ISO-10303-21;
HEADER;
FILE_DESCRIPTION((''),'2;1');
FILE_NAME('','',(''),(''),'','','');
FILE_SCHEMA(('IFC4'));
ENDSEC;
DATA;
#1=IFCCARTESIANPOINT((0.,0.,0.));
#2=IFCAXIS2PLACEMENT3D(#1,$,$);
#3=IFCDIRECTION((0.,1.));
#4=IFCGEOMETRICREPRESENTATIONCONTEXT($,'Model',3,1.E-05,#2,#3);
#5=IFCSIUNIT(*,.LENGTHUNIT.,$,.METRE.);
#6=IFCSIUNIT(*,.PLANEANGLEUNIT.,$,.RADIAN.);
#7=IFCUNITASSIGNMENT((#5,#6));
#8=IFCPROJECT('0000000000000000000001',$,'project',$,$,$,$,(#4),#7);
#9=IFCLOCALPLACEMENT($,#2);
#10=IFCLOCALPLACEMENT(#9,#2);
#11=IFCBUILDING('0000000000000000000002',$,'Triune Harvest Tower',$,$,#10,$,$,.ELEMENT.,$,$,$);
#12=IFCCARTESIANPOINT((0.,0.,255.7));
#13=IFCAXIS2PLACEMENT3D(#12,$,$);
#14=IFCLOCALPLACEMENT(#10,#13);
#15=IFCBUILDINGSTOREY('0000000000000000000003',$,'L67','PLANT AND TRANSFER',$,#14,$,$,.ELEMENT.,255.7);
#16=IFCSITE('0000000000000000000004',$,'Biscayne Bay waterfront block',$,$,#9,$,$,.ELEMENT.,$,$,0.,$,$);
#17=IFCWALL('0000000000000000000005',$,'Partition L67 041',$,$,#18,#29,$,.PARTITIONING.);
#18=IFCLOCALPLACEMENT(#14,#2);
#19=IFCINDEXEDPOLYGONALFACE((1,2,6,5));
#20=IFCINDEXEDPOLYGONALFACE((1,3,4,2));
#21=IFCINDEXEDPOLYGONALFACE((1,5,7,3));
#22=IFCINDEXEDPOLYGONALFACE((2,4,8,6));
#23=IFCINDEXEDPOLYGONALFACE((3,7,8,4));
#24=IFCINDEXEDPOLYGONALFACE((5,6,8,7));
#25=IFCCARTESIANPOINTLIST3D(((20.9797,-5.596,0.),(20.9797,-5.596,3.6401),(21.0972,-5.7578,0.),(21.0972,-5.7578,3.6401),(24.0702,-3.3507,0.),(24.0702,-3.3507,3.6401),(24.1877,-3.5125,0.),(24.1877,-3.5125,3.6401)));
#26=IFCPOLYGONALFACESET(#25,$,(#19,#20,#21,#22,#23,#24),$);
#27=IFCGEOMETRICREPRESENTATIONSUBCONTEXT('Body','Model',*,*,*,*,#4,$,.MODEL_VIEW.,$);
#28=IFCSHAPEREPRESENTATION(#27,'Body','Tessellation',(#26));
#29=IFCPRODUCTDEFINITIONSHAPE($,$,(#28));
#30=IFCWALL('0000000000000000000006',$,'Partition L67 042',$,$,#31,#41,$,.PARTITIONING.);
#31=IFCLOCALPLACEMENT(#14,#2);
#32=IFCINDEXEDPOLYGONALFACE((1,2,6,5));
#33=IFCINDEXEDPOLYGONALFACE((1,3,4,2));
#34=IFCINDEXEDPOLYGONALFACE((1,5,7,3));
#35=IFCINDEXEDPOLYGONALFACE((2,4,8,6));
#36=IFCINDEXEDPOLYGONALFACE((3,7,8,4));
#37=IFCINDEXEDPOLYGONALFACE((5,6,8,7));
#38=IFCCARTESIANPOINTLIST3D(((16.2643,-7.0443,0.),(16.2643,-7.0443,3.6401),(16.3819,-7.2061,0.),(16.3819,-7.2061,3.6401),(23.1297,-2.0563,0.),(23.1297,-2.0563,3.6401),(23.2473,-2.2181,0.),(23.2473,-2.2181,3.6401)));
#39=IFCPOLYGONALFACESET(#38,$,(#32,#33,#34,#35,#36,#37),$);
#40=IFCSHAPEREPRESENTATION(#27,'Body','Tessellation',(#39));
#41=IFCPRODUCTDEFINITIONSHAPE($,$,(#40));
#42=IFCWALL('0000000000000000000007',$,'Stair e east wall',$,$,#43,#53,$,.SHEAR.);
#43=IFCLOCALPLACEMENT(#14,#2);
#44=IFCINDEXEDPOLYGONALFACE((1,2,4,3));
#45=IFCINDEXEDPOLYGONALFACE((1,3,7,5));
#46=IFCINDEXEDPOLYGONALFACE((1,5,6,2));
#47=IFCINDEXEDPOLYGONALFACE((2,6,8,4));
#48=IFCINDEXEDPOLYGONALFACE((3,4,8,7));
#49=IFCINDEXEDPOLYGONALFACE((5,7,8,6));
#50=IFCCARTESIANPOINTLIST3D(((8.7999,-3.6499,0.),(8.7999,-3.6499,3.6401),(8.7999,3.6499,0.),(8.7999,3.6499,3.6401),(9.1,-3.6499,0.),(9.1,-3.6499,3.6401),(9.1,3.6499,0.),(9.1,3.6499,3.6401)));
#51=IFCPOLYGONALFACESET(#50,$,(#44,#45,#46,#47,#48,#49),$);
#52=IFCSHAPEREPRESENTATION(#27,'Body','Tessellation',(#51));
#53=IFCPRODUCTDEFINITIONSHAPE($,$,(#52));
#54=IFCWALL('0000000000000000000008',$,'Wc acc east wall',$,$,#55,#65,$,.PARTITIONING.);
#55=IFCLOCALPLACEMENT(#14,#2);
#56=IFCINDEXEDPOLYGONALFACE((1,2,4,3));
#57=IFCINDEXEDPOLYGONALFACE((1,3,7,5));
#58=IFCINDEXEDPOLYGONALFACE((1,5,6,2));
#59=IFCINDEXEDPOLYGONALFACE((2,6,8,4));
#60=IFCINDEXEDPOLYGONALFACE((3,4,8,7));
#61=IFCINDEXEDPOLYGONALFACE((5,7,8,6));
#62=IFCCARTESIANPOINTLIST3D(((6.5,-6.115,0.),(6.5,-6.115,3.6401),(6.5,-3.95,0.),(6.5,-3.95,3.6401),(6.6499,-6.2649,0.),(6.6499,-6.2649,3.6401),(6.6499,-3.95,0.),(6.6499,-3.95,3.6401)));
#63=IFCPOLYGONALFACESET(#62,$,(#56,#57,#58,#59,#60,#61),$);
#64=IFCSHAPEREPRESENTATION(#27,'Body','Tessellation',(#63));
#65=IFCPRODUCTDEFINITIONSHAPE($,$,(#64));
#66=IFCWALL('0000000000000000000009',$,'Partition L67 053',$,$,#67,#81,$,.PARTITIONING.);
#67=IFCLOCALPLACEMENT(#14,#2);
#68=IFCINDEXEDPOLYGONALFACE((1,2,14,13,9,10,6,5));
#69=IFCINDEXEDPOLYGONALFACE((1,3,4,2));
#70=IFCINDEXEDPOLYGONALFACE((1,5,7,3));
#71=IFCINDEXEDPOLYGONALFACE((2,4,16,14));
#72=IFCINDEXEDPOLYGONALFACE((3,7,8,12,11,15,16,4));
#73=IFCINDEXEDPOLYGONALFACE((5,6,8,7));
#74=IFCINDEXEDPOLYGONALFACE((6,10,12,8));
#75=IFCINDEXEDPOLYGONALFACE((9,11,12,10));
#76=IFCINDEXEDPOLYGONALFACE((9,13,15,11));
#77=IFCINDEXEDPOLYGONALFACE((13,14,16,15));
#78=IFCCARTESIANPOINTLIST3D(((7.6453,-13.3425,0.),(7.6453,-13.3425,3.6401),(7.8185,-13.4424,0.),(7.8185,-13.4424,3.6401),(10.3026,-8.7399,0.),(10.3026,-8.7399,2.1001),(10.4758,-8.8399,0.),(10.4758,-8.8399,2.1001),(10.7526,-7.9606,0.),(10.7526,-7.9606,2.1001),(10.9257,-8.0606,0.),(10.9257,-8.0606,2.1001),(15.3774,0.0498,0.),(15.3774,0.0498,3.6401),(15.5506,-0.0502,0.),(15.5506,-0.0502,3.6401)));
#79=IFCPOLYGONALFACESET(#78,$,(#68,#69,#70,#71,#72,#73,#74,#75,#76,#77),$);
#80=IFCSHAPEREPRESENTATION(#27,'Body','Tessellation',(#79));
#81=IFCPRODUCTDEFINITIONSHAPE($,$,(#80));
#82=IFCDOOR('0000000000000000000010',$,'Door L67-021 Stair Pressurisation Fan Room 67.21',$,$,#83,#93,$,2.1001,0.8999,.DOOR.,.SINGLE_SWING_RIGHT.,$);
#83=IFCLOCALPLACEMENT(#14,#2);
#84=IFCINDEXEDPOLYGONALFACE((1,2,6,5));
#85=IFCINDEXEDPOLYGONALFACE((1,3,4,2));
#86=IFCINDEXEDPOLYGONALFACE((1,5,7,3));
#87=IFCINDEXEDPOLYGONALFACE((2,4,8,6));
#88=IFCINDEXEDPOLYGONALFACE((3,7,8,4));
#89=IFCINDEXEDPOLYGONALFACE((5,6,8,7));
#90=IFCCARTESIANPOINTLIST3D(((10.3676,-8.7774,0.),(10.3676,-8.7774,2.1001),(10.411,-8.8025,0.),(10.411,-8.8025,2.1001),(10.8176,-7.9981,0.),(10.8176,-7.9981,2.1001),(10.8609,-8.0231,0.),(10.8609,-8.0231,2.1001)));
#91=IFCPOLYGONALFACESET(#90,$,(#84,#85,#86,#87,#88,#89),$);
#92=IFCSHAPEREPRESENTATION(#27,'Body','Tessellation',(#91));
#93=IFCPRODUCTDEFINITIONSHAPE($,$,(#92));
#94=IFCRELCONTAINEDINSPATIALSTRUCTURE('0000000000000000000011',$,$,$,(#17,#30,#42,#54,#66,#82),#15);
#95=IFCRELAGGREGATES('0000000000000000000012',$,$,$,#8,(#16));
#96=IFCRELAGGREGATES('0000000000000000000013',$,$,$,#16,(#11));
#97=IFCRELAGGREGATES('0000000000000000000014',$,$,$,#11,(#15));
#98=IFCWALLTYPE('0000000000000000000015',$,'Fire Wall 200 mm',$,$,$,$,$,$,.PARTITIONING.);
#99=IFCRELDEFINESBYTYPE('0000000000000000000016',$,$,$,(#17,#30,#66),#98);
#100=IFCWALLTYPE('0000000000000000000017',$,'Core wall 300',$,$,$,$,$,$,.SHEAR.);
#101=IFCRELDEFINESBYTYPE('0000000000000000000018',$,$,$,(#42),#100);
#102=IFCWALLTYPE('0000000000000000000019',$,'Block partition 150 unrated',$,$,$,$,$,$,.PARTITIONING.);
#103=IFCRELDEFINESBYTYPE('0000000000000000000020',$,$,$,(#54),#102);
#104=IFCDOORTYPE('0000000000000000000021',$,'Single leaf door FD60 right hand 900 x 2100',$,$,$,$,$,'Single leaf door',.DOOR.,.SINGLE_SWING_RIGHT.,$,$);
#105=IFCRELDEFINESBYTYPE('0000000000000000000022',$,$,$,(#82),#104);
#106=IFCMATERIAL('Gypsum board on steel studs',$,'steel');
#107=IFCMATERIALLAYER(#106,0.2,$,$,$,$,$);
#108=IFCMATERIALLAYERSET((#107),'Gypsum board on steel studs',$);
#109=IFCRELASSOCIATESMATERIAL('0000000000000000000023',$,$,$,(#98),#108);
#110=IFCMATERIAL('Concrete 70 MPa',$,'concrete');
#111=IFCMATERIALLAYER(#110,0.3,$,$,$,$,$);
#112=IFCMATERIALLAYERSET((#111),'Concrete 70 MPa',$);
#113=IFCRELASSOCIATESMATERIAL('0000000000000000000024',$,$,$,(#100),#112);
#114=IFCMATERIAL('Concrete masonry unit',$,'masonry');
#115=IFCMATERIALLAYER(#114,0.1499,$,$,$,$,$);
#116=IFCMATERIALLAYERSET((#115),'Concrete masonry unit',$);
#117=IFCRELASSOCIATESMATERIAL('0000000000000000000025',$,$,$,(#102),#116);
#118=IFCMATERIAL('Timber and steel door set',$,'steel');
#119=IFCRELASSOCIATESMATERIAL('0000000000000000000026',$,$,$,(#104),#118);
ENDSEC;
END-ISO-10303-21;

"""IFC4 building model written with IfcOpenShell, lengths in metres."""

from ifc_helpers import new_model, si_unit, direction, frame, frame_2d, origin, place, context, subcontext, project, spatial, polyline, rectangle, outline, extrude, source, transform, mapped, material, layer, layer_set, type_object, element, fill, save


model = new_model("IFC4")

# Units and contexts
model_context = context("Model", 3, precision=1e-05, world=origin(), true_north=direction((0.0, 1.0)))
body_context = subcontext(model_context, "Body", "Model", "MODEL_VIEW")
ifc_project = project(units=[si_unit("LENGTHUNIT", "METRE"), si_unit("PLANEANGLEUNIT", "RADIAN")], contexts=[model_context])

# Site, building, storey
site_placement = place(None, origin())
site = spatial("IfcSite", under=ifc_project, at=site_placement, Name="Biscayne Bay waterfront block", CompositionType="ELEMENT", RefElevation=0.0)
building_placement = place(site_placement, origin())
building = spatial("IfcBuilding", under=site, at=building_placement, Name="Triune Harvest Tower", CompositionType="ELEMENT")
storey_placement = place(building_placement, frame((0.0, 0.0, 255.7)))
storey = spatial("IfcBuildingStorey", under=building, at=storey_placement, Name="L67", Description="PLANT AND TRANSFER", CompositionType="ELEMENT", Elevation=255.7)

# Walls
ifc_material_1 = material(Name="Gypsum board on steel studs", Category="steel")
ifc_layer_1 = layer(ifc_material_1, 0.2)
ifc_layer_set_1 = layer_set([ifc_layer_1], Name="Gypsum board on steel studs")
wall_type_1 = type_object("IfcWallType", Name="Fire Wall 200 mm", PredefinedType="PARTITIONING", material=ifc_layer_set_1)
wall_1_placement = place(storey_placement, frame((21.0383, -5.677, 0.0), z_axis=(0.0, 0.0, 1.0), x_axis=(0.809026, 0.587773, 0.0)))
element("IfcWall", 1, at=wall_1_placement, inside=storey, type_object=wall_type_1, Name="Partition L67 041", PredefinedType="PARTITIONING", context=body_context, shape_type="SweptSolid", body=[
    extrude(rectangle(XDim=3.8201, YDim=0.2, at=frame_2d((1.9102, 0.0))), origin(), (0.0, 0.0, 1.0), 3.6401),
])
wall_2_placement = place(storey_placement, frame((16.323, -7.1252, 0.0), z_axis=(0.0, 0.0, 1.0), x_axis=(0.809018, 0.587783, 0.0)))
element("IfcWall", 2, at=wall_2_placement, inside=storey, type_object=wall_type_1, Name="Partition L67 042", PredefinedType="PARTITIONING", context=body_context, shape_type="SweptSolid", body=[
    extrude(rectangle(XDim=8.4861, YDim=0.2, at=frame_2d((4.2432, 0.0))), origin(), (0.0, 0.0, 1.0), 3.6401),
])
ifc_material_2 = material(Name="Concrete 70 MPa", Category="concrete")
ifc_layer_2 = layer(ifc_material_2, 0.3)
ifc_layer_set_2 = layer_set([ifc_layer_2], Name="Concrete 70 MPa")
wall_type_2 = type_object("IfcWallType", Name="Core wall 300", PredefinedType="SHEAR", material=ifc_layer_set_2)
shared_shape_1 = source(origin(), body_context, "Body", "SweptSolid", [
    extrude(rectangle(XDim=7.2998, YDim=0.3, at=frame_2d((3.6499, 0.0))), origin(), (0.0, 0.0, 1.0), 3.6401),
])
wall_3_placement = place(storey_placement, frame((8.95, -3.6499, 0.0), z_axis=(0.0, 0.0, 1.0), x_axis=(0.0, 1.0, 0.0)))
element("IfcWall", 3, at=wall_3_placement, inside=storey, type_object=wall_type_2, Name="Stair e east wall", PredefinedType="SHEAR", context=body_context, shape_type="MappedRepresentation", body=[
    mapped(shared_shape_1, transform((0.0, 0.0, 0.0), scale=1.0)),
])
ifc_material_3 = material(Name="Concrete masonry unit", Category="masonry")
ifc_layer_3 = layer(ifc_material_3, 0.1499)
ifc_layer_set_3 = layer_set([ifc_layer_3], Name="Concrete masonry unit")
wall_type_3 = type_object("IfcWallType", Name="Block partition 150 unrated", PredefinedType="PARTITIONING", material=ifc_layer_set_3)
shared_shape_2 = source(origin(), body_context, "Body", "SweptSolid", [
    extrude(outline(polyline([(-0.075, -0.075), (2.24, -0.075), (2.24, 0.075), (0.075, 0.075), (-0.075, -0.075)])), origin(), (0.0, 0.0, 1.0), 3.6401),
])
wall_4_placement = place(storey_placement, frame((6.575, -6.1899, 0.0), z_axis=(0.0, 0.0, 1.0), x_axis=(0.0, 1.0, 0.0)))
element("IfcWall", 4, at=wall_4_placement, inside=storey, type_object=wall_type_3, Name="Wc acc east wall", PredefinedType="PARTITIONING", context=body_context, shape_type="MappedRepresentation", body=[
    mapped(shared_shape_2, transform((0.0, 0.0, 0.0), scale=1.0)),
])

# Wall, opening, door
shared_shape_3 = source(origin(), body_context, "Body", "SweptSolid", [
    extrude(rectangle(XDim=15.4641, YDim=0.2, at=frame_2d((7.7319, 0.0))), origin(), (0.0, 0.0, 1.0), 3.6401),
])
wall_5_placement = place(storey_placement, frame((7.7319, -13.3923, 0.0), z_axis=(0.0, 0.0, 1.0), x_axis=(0.500005, 0.866022, 0.0)))
wall_5 = element("IfcWall", 5, at=wall_5_placement, inside=storey, type_object=wall_type_1, Name="Partition L67 053", PredefinedType="PARTITIONING", context=body_context, shape_type="MappedRepresentation", body=[
    mapped(shared_shape_3, transform((0.0, 0.0, 0.0), scale=1.0)),
])
opening_placement = place(wall_5_placement, frame((5.3145, 0.0, 0.0)))
opening = element("IfcOpeningElement", 6, at=opening_placement, cuts=wall_5, PredefinedType="OPENING", context=body_context, shape_type="SweptSolid", body=[
    extrude(rectangle(XDim=0.8999, YDim=2.1001, at=frame_2d((0.45, 1.05))), frame((0.0, 0.1099, 0.0), z_axis=(0.0, -1.0, 0.0), x_axis=(1.0, 0.0, 0.0)), (0.0, 0.0, 1.0), 0.22),
])
ifc_material_4 = material(Name="Timber and steel door set", Category="steel")
door_type = type_object("IfcDoorType", Name="Single leaf door FD60 right hand 900 x 2100", ElementType="Single leaf door", OperationType="SINGLE_SWING_RIGHT", PredefinedType="DOOR", material=ifc_material_4)
door_placement = place(opening_placement, origin())
door = element("IfcDoor", 7, at=door_placement, inside=storey, type_object=door_type, Name="Door L67-021 Stair Pressurisation Fan Room 67.21", OperationType="SINGLE_SWING_RIGHT", OverallHeight=2.1001, OverallWidth=0.8999, PredefinedType="DOOR", context=body_context, shape_type="SweptSolid", body=[
    extrude(rectangle(XDim=0.8999, YDim=2.1001, at=frame_2d((0.45, 1.05))), frame((0.0, 0.0249, 0.0), z_axis=(0.0, -1.0, 0.0), x_axis=(1.0, 0.0, 0.0)), (0.0, 0.0, 1.0), 0.05),
])
fill(opening, door)

save(model, "model.ifc")
